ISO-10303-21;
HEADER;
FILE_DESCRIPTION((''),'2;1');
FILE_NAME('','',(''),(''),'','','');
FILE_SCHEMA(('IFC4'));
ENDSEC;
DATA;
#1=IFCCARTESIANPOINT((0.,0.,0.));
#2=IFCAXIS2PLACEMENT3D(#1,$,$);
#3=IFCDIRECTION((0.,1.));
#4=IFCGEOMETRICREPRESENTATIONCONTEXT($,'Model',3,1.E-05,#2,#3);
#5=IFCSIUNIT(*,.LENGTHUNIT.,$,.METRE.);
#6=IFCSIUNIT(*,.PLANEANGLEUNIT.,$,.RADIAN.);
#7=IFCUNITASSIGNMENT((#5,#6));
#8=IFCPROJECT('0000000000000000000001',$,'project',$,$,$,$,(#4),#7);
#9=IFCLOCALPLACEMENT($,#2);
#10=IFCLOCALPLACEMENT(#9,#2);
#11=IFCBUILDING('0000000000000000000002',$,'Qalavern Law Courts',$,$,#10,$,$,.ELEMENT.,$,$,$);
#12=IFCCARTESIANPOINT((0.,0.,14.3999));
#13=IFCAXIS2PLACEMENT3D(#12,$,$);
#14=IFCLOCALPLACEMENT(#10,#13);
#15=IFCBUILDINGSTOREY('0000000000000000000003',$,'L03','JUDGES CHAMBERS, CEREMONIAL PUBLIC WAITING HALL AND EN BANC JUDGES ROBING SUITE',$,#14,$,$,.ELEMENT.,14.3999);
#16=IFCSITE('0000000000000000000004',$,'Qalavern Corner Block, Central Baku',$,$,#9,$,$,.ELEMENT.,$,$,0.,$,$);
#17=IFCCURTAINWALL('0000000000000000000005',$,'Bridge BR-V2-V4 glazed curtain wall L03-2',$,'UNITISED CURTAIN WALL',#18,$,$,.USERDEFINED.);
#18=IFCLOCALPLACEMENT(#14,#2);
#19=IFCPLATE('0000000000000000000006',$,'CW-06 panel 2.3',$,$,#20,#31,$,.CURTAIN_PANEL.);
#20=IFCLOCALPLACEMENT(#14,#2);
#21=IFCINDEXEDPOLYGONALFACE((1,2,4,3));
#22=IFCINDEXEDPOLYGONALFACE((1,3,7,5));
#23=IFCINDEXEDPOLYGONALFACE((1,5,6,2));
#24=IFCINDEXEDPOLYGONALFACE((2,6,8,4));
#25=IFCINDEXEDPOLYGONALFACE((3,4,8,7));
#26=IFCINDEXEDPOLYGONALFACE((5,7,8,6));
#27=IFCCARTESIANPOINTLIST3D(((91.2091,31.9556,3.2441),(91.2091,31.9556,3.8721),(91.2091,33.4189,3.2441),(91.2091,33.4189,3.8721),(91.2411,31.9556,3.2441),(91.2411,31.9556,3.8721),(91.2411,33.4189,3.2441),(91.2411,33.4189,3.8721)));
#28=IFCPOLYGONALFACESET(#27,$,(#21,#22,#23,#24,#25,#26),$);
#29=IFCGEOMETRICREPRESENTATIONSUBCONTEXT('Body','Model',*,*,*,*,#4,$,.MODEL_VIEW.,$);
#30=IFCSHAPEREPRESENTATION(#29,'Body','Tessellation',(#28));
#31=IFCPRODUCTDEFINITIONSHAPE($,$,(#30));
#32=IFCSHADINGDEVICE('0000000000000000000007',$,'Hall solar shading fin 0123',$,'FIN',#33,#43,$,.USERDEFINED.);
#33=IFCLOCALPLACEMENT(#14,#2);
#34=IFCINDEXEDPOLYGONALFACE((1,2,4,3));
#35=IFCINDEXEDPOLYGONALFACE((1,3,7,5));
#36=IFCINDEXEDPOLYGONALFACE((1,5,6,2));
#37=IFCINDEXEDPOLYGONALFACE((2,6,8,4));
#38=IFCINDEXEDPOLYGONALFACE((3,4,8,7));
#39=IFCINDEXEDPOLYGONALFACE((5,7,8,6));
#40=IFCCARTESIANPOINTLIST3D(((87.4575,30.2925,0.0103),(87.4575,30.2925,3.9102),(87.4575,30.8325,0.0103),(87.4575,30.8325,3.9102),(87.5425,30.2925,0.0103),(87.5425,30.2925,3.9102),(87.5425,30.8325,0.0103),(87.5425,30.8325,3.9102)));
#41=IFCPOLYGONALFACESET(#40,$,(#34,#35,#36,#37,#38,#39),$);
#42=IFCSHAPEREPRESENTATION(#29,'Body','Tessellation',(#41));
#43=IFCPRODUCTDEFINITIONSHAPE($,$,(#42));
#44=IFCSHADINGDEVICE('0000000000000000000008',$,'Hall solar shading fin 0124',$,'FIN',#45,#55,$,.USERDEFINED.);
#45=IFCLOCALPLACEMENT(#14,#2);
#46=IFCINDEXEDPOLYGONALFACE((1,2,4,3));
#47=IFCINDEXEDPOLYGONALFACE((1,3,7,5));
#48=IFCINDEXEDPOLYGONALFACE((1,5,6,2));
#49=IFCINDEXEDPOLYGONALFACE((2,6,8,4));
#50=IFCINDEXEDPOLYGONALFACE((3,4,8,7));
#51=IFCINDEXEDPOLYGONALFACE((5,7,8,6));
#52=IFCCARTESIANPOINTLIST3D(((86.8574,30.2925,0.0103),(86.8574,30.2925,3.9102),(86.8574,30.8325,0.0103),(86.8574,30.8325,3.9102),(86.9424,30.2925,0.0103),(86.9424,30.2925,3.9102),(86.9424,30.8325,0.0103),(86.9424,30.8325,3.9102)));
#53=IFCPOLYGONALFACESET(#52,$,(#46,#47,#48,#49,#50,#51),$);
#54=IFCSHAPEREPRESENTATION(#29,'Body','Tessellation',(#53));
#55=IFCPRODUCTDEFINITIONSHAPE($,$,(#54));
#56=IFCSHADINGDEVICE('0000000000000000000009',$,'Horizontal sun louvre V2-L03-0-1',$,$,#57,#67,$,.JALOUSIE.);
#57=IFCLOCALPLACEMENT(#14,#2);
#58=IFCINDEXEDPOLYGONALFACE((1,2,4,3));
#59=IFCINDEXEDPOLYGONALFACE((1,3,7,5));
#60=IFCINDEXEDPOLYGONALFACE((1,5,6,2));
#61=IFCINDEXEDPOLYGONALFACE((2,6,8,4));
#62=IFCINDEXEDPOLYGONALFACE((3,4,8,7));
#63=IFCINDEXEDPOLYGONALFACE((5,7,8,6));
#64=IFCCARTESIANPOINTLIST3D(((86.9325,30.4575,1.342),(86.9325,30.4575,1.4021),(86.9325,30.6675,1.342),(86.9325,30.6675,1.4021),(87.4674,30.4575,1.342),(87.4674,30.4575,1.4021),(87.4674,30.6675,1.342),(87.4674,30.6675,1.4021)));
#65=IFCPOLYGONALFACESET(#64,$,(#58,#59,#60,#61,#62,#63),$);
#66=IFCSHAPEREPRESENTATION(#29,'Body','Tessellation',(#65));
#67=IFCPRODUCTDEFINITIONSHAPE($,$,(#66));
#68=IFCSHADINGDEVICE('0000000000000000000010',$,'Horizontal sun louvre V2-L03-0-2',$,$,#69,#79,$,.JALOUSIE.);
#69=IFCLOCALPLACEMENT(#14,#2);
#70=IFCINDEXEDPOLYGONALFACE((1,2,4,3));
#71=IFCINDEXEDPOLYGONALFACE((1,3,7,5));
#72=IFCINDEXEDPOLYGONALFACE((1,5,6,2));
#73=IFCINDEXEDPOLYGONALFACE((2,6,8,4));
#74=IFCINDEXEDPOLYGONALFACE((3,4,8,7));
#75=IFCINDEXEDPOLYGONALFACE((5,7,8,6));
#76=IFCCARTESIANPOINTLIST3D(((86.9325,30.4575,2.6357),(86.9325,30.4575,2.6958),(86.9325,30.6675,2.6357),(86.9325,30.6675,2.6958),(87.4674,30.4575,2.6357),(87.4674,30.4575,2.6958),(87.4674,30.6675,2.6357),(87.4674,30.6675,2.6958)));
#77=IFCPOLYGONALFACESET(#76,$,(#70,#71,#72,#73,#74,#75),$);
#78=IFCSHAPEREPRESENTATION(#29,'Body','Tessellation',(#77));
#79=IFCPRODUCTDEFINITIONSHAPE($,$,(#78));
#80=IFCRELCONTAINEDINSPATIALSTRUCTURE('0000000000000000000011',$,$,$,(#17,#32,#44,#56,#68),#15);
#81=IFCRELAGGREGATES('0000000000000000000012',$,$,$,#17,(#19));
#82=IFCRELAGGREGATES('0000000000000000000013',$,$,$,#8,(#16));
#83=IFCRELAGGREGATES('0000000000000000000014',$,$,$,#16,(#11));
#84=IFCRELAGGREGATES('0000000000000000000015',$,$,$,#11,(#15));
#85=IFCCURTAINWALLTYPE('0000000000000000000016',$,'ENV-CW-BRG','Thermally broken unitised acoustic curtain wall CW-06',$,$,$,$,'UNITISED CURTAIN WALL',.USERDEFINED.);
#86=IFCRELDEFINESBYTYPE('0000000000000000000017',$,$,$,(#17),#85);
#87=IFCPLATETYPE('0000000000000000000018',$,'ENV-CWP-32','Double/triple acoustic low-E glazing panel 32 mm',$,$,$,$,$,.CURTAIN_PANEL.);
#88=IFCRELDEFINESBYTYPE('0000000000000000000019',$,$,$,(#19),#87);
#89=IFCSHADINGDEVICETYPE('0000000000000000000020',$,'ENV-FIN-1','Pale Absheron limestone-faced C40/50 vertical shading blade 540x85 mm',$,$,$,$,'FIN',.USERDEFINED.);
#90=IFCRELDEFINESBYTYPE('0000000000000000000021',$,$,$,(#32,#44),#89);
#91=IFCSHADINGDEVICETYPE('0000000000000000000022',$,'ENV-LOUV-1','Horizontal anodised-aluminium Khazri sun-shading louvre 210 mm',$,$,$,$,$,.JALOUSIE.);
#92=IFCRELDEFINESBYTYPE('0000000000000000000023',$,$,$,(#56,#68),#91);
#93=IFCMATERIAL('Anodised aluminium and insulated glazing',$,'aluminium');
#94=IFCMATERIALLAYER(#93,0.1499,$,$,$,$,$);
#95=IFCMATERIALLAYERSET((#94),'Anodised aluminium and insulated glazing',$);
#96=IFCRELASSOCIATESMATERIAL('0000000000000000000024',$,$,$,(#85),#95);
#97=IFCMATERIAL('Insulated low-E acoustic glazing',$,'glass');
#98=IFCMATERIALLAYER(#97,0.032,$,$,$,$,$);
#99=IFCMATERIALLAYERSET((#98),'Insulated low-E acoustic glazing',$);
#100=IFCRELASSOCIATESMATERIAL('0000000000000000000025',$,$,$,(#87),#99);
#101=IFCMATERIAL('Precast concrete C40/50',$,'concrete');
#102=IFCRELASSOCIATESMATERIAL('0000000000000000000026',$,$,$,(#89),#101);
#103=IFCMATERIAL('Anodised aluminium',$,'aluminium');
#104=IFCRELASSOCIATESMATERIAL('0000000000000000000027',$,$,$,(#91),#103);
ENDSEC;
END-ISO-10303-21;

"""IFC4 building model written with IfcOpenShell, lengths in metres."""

from ifc_helpers import new_model, si_unit, direction, frame, origin, origin_2d, place, context, subcontext, project, spatial, rectangle, extrude, material, layer, layer_set, type_object, element, aggregate, save


model = new_model("IFC4")

# Units and contexts
model_context = context("Model", 3, precision=1e-05, world=origin(), true_north=direction((0.0, 1.0)))
body_context = subcontext(model_context, "Body", "Model", "MODEL_VIEW")
ifc_project = project(units=[si_unit("LENGTHUNIT", "METRE"), si_unit("PLANEANGLEUNIT", "RADIAN")], contexts=[model_context])

# Site, building, storey
site_placement = place(None, origin())
site = spatial("IfcSite", under=ifc_project, at=site_placement, Name="Qalavern Corner Block, Central Baku", CompositionType="ELEMENT", RefElevation=0.0)
building_placement = place(site_placement, origin())
building = spatial("IfcBuilding", under=site, at=building_placement, Name="Qalavern Law Courts", CompositionType="ELEMENT")
storey_placement = place(building_placement, frame((0.0, 0.0, 14.3999)))
storey = spatial("IfcBuildingStorey", under=building, at=storey_placement, Name="L03", Description="JUDGES CHAMBERS, CEREMONIAL PUBLIC WAITING HALL AND EN BANC JUDGES ROBING SUITE", CompositionType="ELEMENT", Elevation=14.3999)

# Curtain wall
ifc_material_1 = material(Name="Anodised aluminium and insulated glazing", Category="aluminium")
ifc_layer_1 = layer(ifc_material_1, 0.1499)
ifc_layer_set_1 = layer_set([ifc_layer_1], Name="Anodised aluminium and insulated glazing")
curtain_wall_type = type_object("IfcCurtainWallType", Name="ENV-CW-BRG", Description="Thermally broken unitised acoustic curtain wall CW-06", ElementType="UNITISED CURTAIN WALL", PredefinedType="USERDEFINED", material=ifc_layer_set_1)
ifc_material_2 = material(Name="Anodised aluminium", Category="aluminium")
curtain_wall_1_placement = place(storey_placement, origin())
curtain_wall_1 = element("IfcCurtainWall", 1, at=curtain_wall_1_placement, inside=storey, type_object=curtain_wall_type, Name="Bridge BR-V2-V4 glazed curtain wall L03-2", ObjectType="UNITISED CURTAIN WALL", PredefinedType="USERDEFINED")

# Plate
ifc_material_3 = material(Name="Insulated low-E acoustic glazing", Category="glass")
ifc_layer_2 = layer(ifc_material_3, 0.032)
ifc_layer_set_2 = layer_set([ifc_layer_2], Name="Insulated low-E acoustic glazing")
plate_type = type_object("IfcPlateType", Name="ENV-CWP-32", Description="Double/triple acoustic low-E glazing panel 32 mm", PredefinedType="CURTAIN_PANEL", material=ifc_layer_set_2)
plate_1_placement = place(storey_placement, frame((91.2251, 32.6873, 3.2441), z_axis=(0.0, 0.0, 1.0), x_axis=(0.0, 1.0, 0.0)))
plate_1 = element("IfcPlate", 2, at=plate_1_placement, type_object=plate_type, Name="CW-06 panel 2.3", PredefinedType="CURTAIN_PANEL", context=body_context, shape_type="SweptSolid", body=[
    extrude(rectangle(XDim=1.4634, YDim=0.032, at=origin_2d()), origin(), (0.0, 0.0, 1.0), 0.6279),
])
aggregate(curtain_wall_1, [plate_1])

# Shading devices
ifc_material_4 = material(Name="Precast concrete C40/50", Category="concrete")
shading_device_type_1 = type_object("IfcShadingDeviceType", Name="ENV-FIN-1", Description="Pale Absheron limestone-faced C40/50 vertical shading blade 540x85 mm", ElementType="FIN", PredefinedType="USERDEFINED", material=ifc_material_4)
for number, where, z_axis, x_axis, name in (
    (3, (87.5, 30.5625, 0.0103), (0.0, 0.0, 1.0), (0.0, 1.0, 0.0), "Hall solar shading fin 0123"),
    (4, (86.8999, 30.5625, 0.0103), (0.0, 0.0, 1.0), (0.0, 1.0, 0.0), "Hall solar shading fin 0124"),
):
    element("IfcShadingDevice", number, at=place(storey_placement, frame(where, z_axis=z_axis, x_axis=x_axis)), inside=storey, type_object=shading_device_type_1, Name=name, ObjectType="FIN", PredefinedType="USERDEFINED", context=body_context, shape_type="SweptSolid", body=[
        extrude(rectangle(XDim=0.54, YDim=0.085, at=origin_2d()), origin(), (0.0, 0.0, 1.0), 3.8999),
    ])
shading_device_type_2 = type_object("IfcShadingDeviceType", Name="ENV-LOUV-1", Description="Horizontal anodised-aluminium Khazri sun-shading louvre 210 mm", PredefinedType="JALOUSIE", material=ifc_material_2)
for number, where, z_axis, x_axis, name in (
    (5, (87.2, 30.5625, 1.342), (0.0, 0.0, 1.0), (-1.0, 0.0, 0.0), "Horizontal sun louvre V2-L03-0-1"),
    (6, (87.2, 30.5625, 2.6357), (0.0, 0.0, 1.0), (-1.0, 0.0, 0.0), "Horizontal sun louvre V2-L03-0-2"),
):
    element("IfcShadingDevice", number, at=place(storey_placement, frame(where, z_axis=z_axis, x_axis=x_axis)), inside=storey, type_object=shading_device_type_2, Name=name, PredefinedType="JALOUSIE", context=body_context, shape_type="SweptSolid", body=[
        extrude(rectangle(XDim=0.5349, YDim=0.21, at=origin_2d()), origin(), (0.0, 0.0, 1.0), 0.0601),
    ])

save(model, "model.ifc")
